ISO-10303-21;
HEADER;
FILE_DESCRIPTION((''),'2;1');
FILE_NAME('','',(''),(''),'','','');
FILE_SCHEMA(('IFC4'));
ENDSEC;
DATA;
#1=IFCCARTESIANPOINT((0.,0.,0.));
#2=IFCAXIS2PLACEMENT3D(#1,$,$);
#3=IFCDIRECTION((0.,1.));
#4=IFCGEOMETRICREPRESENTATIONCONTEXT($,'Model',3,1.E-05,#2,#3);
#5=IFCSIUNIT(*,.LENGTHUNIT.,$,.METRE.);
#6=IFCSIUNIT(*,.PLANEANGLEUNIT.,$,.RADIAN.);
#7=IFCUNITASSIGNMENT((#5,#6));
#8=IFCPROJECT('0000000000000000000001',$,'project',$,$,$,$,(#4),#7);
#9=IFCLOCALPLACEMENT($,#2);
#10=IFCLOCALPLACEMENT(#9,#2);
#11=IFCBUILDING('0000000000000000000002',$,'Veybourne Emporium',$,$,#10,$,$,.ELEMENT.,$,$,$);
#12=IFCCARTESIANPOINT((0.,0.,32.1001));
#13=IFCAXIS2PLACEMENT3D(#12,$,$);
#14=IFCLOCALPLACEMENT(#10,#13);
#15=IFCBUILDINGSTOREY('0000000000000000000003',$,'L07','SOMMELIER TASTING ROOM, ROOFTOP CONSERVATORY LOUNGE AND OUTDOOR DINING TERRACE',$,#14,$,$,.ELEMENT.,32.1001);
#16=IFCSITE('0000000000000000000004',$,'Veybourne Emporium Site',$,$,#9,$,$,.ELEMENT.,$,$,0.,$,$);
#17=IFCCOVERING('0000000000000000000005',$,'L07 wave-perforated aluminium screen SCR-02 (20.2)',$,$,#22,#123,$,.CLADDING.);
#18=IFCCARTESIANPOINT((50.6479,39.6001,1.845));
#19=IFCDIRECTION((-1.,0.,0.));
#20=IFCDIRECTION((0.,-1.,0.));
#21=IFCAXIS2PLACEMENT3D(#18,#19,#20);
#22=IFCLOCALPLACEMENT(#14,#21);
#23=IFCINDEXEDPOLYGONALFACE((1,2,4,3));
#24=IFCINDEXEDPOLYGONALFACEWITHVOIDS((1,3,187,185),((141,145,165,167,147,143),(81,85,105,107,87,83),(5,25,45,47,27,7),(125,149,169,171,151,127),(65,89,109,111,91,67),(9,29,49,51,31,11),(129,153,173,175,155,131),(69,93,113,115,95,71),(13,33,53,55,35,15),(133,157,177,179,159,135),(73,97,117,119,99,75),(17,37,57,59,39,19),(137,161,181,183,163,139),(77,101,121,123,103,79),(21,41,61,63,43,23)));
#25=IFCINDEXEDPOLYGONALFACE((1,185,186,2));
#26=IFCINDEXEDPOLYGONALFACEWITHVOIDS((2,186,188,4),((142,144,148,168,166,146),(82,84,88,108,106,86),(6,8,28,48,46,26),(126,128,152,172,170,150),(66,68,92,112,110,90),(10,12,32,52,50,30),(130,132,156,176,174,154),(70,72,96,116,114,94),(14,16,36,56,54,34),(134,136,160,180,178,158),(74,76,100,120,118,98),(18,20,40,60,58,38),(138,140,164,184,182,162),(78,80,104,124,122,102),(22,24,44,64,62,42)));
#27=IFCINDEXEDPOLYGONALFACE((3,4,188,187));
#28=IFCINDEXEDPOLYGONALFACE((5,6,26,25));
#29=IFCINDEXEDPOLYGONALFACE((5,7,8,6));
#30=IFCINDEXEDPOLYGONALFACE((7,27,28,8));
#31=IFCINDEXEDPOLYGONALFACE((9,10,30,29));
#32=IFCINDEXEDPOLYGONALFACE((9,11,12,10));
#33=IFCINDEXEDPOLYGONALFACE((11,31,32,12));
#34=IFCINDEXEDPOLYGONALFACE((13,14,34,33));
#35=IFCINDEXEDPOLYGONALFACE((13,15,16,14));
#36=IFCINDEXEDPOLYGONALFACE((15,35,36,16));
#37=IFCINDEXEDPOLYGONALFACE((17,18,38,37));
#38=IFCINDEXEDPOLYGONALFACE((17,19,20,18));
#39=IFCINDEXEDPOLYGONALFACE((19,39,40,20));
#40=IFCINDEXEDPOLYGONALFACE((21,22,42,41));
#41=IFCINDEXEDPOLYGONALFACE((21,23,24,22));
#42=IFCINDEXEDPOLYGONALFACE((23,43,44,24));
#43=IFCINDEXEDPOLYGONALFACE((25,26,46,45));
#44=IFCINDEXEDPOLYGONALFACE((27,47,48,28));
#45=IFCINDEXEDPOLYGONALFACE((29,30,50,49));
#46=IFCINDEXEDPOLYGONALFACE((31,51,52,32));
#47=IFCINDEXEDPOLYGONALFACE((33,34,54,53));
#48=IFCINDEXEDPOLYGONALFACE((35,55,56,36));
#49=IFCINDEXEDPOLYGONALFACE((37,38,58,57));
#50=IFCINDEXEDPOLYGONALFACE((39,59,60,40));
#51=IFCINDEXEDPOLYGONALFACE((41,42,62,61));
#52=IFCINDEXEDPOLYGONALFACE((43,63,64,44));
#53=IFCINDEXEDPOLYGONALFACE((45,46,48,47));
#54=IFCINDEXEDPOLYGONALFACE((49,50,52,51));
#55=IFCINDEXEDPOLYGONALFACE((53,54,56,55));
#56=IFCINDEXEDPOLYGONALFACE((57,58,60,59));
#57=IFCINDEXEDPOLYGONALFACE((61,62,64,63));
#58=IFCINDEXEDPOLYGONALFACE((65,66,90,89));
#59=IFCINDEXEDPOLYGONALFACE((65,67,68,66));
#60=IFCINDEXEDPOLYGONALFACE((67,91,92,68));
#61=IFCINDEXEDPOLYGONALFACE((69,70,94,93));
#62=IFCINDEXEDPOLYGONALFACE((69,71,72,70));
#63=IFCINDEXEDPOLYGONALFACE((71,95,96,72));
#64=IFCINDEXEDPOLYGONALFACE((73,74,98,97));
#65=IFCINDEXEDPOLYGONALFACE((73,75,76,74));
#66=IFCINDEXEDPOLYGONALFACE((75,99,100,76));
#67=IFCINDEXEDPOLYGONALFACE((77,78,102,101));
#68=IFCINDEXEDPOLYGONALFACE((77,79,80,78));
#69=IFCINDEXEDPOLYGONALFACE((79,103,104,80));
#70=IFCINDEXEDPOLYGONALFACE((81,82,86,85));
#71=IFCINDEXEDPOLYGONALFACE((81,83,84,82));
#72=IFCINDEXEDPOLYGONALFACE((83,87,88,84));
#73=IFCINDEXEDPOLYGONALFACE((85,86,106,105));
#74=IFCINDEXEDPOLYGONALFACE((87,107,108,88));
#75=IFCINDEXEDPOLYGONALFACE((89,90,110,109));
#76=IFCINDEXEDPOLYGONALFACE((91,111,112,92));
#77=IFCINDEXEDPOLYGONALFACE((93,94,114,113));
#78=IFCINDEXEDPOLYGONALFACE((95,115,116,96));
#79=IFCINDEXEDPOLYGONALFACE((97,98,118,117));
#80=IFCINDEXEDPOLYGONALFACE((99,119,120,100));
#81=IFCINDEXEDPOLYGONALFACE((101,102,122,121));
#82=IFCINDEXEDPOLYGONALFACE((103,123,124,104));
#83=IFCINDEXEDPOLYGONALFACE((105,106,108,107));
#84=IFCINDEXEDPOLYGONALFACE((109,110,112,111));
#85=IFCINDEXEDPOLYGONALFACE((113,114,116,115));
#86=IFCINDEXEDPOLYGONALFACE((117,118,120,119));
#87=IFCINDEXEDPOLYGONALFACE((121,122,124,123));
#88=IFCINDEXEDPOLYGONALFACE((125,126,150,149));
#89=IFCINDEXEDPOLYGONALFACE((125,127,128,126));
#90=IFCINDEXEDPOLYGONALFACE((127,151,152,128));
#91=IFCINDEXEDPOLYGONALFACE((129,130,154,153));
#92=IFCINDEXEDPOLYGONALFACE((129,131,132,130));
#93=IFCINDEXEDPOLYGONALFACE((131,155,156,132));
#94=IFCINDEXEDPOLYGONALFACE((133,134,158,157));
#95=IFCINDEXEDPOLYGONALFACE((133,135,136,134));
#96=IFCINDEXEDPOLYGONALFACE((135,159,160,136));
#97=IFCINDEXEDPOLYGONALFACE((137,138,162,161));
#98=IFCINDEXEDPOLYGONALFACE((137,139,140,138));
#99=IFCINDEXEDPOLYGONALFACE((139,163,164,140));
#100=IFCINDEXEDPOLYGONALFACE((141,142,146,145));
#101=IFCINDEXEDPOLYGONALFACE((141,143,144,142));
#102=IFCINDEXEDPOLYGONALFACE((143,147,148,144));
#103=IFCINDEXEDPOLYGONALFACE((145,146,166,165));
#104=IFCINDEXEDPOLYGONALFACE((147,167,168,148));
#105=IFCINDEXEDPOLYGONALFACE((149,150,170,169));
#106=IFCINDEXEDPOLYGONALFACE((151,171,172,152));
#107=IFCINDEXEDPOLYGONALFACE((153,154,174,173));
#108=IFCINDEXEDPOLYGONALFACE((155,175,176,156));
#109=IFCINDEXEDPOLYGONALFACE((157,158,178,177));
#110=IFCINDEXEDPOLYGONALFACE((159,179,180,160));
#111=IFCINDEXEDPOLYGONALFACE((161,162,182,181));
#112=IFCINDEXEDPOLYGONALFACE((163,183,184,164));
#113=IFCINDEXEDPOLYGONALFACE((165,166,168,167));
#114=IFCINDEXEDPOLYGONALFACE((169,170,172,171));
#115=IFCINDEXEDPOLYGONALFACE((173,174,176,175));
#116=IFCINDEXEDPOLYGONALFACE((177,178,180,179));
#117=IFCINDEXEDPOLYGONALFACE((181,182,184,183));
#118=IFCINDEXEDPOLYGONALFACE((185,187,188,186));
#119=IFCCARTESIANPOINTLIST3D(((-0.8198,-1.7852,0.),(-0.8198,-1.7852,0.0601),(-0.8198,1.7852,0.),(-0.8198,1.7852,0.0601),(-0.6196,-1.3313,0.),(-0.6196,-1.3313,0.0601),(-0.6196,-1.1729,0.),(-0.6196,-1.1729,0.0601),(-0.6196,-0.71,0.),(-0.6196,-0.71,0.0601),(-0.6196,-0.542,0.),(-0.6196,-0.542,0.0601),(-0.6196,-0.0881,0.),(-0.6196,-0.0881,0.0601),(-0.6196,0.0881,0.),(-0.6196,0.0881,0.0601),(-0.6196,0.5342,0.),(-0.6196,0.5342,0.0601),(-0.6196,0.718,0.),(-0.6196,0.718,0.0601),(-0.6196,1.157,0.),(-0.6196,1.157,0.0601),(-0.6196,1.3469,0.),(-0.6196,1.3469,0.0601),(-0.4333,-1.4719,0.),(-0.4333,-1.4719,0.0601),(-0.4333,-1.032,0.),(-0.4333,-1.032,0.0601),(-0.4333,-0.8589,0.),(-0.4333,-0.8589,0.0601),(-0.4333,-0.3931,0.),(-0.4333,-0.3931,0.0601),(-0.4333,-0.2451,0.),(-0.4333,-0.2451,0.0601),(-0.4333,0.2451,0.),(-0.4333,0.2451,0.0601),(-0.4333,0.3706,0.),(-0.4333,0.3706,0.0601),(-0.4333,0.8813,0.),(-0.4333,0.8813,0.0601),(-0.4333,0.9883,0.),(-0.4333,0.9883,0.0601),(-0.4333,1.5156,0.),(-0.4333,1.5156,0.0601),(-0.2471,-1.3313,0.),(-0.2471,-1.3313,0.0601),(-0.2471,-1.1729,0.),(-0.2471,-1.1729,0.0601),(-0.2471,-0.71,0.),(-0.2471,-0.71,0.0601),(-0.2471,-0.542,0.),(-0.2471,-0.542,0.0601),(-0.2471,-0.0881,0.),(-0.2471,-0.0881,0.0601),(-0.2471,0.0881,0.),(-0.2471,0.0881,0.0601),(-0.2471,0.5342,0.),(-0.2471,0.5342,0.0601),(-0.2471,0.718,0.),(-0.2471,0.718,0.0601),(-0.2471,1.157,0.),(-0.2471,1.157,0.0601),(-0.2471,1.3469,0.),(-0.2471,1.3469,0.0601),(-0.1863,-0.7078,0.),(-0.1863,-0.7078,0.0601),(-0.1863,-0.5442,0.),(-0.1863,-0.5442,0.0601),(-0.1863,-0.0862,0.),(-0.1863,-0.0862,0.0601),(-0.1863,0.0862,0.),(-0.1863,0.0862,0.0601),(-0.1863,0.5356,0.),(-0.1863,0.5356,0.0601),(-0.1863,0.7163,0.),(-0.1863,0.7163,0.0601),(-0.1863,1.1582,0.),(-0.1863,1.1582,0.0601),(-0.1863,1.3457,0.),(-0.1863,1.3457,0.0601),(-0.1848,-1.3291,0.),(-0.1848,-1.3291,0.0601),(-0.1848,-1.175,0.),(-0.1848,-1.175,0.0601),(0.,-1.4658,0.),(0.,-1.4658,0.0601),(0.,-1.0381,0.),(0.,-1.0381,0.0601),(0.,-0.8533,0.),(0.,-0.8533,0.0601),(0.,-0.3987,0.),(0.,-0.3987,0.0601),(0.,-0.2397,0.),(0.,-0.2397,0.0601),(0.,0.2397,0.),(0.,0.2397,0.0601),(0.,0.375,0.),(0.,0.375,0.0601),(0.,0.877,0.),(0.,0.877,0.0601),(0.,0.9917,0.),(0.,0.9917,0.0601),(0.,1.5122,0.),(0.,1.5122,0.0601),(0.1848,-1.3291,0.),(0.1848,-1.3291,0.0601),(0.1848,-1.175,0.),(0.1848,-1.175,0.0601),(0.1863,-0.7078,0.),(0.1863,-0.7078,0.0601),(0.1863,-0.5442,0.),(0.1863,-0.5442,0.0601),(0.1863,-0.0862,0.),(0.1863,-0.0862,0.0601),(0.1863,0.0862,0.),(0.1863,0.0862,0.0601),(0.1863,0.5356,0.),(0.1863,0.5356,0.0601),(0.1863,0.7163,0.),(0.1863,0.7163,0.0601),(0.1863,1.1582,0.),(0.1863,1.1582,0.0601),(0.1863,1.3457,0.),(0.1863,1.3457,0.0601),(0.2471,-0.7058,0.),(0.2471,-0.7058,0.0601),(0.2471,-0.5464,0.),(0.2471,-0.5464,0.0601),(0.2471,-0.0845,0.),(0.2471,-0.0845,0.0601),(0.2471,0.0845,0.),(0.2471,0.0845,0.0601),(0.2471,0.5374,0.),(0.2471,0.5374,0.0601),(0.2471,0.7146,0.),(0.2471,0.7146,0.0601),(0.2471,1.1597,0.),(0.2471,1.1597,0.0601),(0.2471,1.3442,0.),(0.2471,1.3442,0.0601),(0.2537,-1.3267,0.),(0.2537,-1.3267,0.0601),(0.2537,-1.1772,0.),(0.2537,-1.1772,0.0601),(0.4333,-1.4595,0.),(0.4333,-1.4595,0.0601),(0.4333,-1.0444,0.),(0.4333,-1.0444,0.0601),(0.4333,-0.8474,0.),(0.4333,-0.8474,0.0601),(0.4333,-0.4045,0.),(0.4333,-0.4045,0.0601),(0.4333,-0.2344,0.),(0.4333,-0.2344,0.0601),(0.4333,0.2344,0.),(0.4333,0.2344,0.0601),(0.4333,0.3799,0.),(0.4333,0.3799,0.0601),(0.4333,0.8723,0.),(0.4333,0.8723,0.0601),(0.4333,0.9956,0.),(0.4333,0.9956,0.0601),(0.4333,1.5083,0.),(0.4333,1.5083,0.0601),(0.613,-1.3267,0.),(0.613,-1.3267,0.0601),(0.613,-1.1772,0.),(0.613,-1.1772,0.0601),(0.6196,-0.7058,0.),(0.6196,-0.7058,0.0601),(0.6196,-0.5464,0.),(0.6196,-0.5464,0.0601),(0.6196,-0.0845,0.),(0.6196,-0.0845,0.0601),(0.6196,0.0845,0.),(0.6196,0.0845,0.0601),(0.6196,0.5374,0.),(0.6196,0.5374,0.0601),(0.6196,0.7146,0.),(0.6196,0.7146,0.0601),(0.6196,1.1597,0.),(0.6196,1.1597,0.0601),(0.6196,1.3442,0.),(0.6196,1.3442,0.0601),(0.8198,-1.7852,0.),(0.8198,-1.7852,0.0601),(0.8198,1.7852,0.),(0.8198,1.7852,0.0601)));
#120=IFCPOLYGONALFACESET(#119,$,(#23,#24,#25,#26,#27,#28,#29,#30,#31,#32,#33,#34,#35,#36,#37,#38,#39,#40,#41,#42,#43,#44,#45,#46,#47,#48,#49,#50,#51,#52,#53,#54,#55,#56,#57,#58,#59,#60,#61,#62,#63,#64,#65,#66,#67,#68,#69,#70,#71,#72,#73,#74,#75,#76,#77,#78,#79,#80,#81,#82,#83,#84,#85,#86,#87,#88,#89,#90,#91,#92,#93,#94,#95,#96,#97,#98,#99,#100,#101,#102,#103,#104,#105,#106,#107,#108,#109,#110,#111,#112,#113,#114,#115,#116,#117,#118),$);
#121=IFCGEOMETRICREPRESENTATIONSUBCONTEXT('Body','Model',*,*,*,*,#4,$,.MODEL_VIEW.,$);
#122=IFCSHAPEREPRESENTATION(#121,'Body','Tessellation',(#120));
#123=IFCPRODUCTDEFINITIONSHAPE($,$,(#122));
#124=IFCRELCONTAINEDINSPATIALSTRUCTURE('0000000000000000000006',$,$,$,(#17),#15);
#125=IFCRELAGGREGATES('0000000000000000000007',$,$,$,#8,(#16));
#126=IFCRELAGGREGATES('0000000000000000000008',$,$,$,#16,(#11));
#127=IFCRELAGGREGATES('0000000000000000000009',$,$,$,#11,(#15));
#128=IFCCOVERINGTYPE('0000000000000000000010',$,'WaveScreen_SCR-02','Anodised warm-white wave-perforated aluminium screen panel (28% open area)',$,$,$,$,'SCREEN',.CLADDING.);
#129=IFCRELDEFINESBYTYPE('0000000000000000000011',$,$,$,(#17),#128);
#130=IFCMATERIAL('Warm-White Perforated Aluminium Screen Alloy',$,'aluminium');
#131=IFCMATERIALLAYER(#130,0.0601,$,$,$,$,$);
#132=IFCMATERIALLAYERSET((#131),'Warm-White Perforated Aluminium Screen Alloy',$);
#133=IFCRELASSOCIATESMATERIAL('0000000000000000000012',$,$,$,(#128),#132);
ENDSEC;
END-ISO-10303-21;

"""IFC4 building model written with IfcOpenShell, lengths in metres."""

from ifc_helpers import new_model, si_unit, direction, frame, origin, place, context, subcontext, project, spatial, polyline, outline, extrude, material, layer, layer_set, type_object, element, save


model = new_model("IFC4")

# Units and contexts
model_context = context("Model", 3, precision=1e-05, world=origin(), true_north=direction((0.0, 1.0)))
body_context = subcontext(model_context, "Body", "Model", "MODEL_VIEW")
ifc_project = project(units=[si_unit("LENGTHUNIT", "METRE"), si_unit("PLANEANGLEUNIT", "RADIAN")], contexts=[model_context])

# Site, building, storey
site_placement = place(None, origin())
site = spatial("IfcSite", under=ifc_project, at=site_placement, Name="Veybourne Emporium Site", CompositionType="ELEMENT", RefElevation=0.0)
building_placement = place(site_placement, origin())
building = spatial("IfcBuilding", under=site, at=building_placement, Name="Veybourne Emporium", CompositionType="ELEMENT")
storey_placement = place(building_placement, frame((0.0, 0.0, 32.1001)))
storey = spatial("IfcBuildingStorey", under=building, at=storey_placement, Name="L07", Description="SOMMELIER TASTING ROOM, ROOFTOP CONSERVATORY LOUNGE AND OUTDOOR DINING TERRACE", CompositionType="ELEMENT", Elevation=32.1001)

# Covering
ifc_material_1 = material(Name="Warm-White Perforated Aluminium Screen Alloy", Category="aluminium")
ifc_layer_1 = layer(ifc_material_1, 0.0601)
ifc_layer_set_1 = layer_set([ifc_layer_1], Name="Warm-White Perforated Aluminium Screen Alloy")
covering_type_1 = type_object("IfcCoveringType", Name="WaveScreen_SCR-02", Description="Anodised warm-white wave-perforated aluminium screen panel (28% open area)", ElementType="SCREEN", PredefinedType="CLADDING", material=ifc_layer_set_1)
covering_1_placement = place(storey_placement, frame((50.6479, 39.6001, 1.845), z_axis=(-1.0, 0.0, 0.0), x_axis=(0.0, -1.0, 0.0)))
element("IfcCovering", 1, at=covering_1_placement, inside=storey, type_object=covering_type_1, Name="L07 wave-perforated aluminium screen SCR-02 (20.2)", PredefinedType="CLADDING", context=body_context, shape_type="SweptSolid", body=[
    extrude(outline(polyline([(-0.8198, -1.7852), (0.8198, -1.7852), (0.8198, 1.7852), (-0.8198, 1.7852), (-0.8198, -1.7852)]), holes=[polyline([(-0.4333, -1.032), (-0.2471, -1.1729), (-0.2471, -1.3313), (-0.4333, -1.4719), (-0.6196, -1.3313), (-0.6196, -1.1729), (-0.4333, -1.032)]), polyline([(-0.4333, -0.3931), (-0.2471, -0.542), (-0.2471, -0.71), (-0.4333, -0.8589), (-0.6196, -0.71), (-0.6196, -0.542), (-0.4333, -0.3931)]), polyline([(-0.4333, 0.2451), (-0.2471, 0.0881), (-0.2471, -0.0881), (-0.4333, -0.2451), (-0.6196, -0.0881), (-0.6196, 0.0881), (-0.4333, 0.2451)]), polyline([(-0.4333, 0.8813), (-0.2471, 0.718), (-0.2471, 0.5342), (-0.4333, 0.3706), (-0.6196, 0.5342), (-0.6196, 0.718), (-0.4333, 0.8813)]), polyline([(-0.4333, 1.5156), (-0.2471, 1.3469), (-0.2471, 1.157), (-0.4333, 0.9883), (-0.6196, 1.157), (-0.6196, 1.3469), (-0.4333, 1.5156)]), polyline([(0.0, -1.0381), (0.1848, -1.175), (0.1848, -1.3291), (0.0, -1.4658), (-0.1848, -1.3291), (-0.1848, -1.175), (0.0, -1.0381)]), polyline([(0.0, -0.3987), (0.1863, -0.5442), (0.1863, -0.7078), (0.0, -0.8533), (-0.1863, -0.7078), (-0.1863, -0.5442), (0.0, -0.3987)]), polyline([(0.0, 0.2397), (0.1863, 0.0862), (0.1863, -0.0862), (0.0, -0.2397), (-0.1863, -0.0862), (-0.1863, 0.0862), (0.0, 0.2397)]), polyline([(0.0, 0.877), (0.1863, 0.7163), (0.1863, 0.5356), (0.0, 0.375), (-0.1863, 0.5356), (-0.1863, 0.7163), (0.0, 0.877)]), polyline([(0.0, 1.5122), (0.1863, 1.3457), (0.1863, 1.1582), (0.0, 0.9917), (-0.1863, 1.1582), (-0.1863, 1.3457), (0.0, 1.5122)]), polyline([(0.4333, -1.0444), (0.613, -1.1772), (0.613, -1.3267), (0.4333, -1.4595), (0.2537, -1.3267), (0.2537, -1.1772), (0.4333, -1.0444)]), polyline([(0.4333, -0.4045), (0.6196, -0.5464), (0.6196, -0.7058), (0.4333, -0.8474), (0.2471, -0.7058), (0.2471, -0.5464), (0.4333, -0.4045)]), polyline([(0.4333, 0.2344), (0.6196, 0.0845), (0.6196, -0.0845), (0.4333, -0.2344), (0.2471, -0.0845), (0.2471, 0.0845), (0.4333, 0.2344)]), polyline([(0.4333, 0.8723), (0.6196, 0.7146), (0.6196, 0.5374), (0.4333, 0.3799), (0.2471, 0.5374), (0.2471, 0.7146), (0.4333, 0.8723)]), polyline([(0.4333, 1.5083), (0.6196, 1.3442), (0.6196, 1.1597), (0.4333, 0.9956), (0.2471, 1.1597), (0.2471, 1.3442), (0.4333, 1.5083)])]), origin(), (0.0, 0.0, 1.0), 0.0601),
])

save(model, "model.ifc")
